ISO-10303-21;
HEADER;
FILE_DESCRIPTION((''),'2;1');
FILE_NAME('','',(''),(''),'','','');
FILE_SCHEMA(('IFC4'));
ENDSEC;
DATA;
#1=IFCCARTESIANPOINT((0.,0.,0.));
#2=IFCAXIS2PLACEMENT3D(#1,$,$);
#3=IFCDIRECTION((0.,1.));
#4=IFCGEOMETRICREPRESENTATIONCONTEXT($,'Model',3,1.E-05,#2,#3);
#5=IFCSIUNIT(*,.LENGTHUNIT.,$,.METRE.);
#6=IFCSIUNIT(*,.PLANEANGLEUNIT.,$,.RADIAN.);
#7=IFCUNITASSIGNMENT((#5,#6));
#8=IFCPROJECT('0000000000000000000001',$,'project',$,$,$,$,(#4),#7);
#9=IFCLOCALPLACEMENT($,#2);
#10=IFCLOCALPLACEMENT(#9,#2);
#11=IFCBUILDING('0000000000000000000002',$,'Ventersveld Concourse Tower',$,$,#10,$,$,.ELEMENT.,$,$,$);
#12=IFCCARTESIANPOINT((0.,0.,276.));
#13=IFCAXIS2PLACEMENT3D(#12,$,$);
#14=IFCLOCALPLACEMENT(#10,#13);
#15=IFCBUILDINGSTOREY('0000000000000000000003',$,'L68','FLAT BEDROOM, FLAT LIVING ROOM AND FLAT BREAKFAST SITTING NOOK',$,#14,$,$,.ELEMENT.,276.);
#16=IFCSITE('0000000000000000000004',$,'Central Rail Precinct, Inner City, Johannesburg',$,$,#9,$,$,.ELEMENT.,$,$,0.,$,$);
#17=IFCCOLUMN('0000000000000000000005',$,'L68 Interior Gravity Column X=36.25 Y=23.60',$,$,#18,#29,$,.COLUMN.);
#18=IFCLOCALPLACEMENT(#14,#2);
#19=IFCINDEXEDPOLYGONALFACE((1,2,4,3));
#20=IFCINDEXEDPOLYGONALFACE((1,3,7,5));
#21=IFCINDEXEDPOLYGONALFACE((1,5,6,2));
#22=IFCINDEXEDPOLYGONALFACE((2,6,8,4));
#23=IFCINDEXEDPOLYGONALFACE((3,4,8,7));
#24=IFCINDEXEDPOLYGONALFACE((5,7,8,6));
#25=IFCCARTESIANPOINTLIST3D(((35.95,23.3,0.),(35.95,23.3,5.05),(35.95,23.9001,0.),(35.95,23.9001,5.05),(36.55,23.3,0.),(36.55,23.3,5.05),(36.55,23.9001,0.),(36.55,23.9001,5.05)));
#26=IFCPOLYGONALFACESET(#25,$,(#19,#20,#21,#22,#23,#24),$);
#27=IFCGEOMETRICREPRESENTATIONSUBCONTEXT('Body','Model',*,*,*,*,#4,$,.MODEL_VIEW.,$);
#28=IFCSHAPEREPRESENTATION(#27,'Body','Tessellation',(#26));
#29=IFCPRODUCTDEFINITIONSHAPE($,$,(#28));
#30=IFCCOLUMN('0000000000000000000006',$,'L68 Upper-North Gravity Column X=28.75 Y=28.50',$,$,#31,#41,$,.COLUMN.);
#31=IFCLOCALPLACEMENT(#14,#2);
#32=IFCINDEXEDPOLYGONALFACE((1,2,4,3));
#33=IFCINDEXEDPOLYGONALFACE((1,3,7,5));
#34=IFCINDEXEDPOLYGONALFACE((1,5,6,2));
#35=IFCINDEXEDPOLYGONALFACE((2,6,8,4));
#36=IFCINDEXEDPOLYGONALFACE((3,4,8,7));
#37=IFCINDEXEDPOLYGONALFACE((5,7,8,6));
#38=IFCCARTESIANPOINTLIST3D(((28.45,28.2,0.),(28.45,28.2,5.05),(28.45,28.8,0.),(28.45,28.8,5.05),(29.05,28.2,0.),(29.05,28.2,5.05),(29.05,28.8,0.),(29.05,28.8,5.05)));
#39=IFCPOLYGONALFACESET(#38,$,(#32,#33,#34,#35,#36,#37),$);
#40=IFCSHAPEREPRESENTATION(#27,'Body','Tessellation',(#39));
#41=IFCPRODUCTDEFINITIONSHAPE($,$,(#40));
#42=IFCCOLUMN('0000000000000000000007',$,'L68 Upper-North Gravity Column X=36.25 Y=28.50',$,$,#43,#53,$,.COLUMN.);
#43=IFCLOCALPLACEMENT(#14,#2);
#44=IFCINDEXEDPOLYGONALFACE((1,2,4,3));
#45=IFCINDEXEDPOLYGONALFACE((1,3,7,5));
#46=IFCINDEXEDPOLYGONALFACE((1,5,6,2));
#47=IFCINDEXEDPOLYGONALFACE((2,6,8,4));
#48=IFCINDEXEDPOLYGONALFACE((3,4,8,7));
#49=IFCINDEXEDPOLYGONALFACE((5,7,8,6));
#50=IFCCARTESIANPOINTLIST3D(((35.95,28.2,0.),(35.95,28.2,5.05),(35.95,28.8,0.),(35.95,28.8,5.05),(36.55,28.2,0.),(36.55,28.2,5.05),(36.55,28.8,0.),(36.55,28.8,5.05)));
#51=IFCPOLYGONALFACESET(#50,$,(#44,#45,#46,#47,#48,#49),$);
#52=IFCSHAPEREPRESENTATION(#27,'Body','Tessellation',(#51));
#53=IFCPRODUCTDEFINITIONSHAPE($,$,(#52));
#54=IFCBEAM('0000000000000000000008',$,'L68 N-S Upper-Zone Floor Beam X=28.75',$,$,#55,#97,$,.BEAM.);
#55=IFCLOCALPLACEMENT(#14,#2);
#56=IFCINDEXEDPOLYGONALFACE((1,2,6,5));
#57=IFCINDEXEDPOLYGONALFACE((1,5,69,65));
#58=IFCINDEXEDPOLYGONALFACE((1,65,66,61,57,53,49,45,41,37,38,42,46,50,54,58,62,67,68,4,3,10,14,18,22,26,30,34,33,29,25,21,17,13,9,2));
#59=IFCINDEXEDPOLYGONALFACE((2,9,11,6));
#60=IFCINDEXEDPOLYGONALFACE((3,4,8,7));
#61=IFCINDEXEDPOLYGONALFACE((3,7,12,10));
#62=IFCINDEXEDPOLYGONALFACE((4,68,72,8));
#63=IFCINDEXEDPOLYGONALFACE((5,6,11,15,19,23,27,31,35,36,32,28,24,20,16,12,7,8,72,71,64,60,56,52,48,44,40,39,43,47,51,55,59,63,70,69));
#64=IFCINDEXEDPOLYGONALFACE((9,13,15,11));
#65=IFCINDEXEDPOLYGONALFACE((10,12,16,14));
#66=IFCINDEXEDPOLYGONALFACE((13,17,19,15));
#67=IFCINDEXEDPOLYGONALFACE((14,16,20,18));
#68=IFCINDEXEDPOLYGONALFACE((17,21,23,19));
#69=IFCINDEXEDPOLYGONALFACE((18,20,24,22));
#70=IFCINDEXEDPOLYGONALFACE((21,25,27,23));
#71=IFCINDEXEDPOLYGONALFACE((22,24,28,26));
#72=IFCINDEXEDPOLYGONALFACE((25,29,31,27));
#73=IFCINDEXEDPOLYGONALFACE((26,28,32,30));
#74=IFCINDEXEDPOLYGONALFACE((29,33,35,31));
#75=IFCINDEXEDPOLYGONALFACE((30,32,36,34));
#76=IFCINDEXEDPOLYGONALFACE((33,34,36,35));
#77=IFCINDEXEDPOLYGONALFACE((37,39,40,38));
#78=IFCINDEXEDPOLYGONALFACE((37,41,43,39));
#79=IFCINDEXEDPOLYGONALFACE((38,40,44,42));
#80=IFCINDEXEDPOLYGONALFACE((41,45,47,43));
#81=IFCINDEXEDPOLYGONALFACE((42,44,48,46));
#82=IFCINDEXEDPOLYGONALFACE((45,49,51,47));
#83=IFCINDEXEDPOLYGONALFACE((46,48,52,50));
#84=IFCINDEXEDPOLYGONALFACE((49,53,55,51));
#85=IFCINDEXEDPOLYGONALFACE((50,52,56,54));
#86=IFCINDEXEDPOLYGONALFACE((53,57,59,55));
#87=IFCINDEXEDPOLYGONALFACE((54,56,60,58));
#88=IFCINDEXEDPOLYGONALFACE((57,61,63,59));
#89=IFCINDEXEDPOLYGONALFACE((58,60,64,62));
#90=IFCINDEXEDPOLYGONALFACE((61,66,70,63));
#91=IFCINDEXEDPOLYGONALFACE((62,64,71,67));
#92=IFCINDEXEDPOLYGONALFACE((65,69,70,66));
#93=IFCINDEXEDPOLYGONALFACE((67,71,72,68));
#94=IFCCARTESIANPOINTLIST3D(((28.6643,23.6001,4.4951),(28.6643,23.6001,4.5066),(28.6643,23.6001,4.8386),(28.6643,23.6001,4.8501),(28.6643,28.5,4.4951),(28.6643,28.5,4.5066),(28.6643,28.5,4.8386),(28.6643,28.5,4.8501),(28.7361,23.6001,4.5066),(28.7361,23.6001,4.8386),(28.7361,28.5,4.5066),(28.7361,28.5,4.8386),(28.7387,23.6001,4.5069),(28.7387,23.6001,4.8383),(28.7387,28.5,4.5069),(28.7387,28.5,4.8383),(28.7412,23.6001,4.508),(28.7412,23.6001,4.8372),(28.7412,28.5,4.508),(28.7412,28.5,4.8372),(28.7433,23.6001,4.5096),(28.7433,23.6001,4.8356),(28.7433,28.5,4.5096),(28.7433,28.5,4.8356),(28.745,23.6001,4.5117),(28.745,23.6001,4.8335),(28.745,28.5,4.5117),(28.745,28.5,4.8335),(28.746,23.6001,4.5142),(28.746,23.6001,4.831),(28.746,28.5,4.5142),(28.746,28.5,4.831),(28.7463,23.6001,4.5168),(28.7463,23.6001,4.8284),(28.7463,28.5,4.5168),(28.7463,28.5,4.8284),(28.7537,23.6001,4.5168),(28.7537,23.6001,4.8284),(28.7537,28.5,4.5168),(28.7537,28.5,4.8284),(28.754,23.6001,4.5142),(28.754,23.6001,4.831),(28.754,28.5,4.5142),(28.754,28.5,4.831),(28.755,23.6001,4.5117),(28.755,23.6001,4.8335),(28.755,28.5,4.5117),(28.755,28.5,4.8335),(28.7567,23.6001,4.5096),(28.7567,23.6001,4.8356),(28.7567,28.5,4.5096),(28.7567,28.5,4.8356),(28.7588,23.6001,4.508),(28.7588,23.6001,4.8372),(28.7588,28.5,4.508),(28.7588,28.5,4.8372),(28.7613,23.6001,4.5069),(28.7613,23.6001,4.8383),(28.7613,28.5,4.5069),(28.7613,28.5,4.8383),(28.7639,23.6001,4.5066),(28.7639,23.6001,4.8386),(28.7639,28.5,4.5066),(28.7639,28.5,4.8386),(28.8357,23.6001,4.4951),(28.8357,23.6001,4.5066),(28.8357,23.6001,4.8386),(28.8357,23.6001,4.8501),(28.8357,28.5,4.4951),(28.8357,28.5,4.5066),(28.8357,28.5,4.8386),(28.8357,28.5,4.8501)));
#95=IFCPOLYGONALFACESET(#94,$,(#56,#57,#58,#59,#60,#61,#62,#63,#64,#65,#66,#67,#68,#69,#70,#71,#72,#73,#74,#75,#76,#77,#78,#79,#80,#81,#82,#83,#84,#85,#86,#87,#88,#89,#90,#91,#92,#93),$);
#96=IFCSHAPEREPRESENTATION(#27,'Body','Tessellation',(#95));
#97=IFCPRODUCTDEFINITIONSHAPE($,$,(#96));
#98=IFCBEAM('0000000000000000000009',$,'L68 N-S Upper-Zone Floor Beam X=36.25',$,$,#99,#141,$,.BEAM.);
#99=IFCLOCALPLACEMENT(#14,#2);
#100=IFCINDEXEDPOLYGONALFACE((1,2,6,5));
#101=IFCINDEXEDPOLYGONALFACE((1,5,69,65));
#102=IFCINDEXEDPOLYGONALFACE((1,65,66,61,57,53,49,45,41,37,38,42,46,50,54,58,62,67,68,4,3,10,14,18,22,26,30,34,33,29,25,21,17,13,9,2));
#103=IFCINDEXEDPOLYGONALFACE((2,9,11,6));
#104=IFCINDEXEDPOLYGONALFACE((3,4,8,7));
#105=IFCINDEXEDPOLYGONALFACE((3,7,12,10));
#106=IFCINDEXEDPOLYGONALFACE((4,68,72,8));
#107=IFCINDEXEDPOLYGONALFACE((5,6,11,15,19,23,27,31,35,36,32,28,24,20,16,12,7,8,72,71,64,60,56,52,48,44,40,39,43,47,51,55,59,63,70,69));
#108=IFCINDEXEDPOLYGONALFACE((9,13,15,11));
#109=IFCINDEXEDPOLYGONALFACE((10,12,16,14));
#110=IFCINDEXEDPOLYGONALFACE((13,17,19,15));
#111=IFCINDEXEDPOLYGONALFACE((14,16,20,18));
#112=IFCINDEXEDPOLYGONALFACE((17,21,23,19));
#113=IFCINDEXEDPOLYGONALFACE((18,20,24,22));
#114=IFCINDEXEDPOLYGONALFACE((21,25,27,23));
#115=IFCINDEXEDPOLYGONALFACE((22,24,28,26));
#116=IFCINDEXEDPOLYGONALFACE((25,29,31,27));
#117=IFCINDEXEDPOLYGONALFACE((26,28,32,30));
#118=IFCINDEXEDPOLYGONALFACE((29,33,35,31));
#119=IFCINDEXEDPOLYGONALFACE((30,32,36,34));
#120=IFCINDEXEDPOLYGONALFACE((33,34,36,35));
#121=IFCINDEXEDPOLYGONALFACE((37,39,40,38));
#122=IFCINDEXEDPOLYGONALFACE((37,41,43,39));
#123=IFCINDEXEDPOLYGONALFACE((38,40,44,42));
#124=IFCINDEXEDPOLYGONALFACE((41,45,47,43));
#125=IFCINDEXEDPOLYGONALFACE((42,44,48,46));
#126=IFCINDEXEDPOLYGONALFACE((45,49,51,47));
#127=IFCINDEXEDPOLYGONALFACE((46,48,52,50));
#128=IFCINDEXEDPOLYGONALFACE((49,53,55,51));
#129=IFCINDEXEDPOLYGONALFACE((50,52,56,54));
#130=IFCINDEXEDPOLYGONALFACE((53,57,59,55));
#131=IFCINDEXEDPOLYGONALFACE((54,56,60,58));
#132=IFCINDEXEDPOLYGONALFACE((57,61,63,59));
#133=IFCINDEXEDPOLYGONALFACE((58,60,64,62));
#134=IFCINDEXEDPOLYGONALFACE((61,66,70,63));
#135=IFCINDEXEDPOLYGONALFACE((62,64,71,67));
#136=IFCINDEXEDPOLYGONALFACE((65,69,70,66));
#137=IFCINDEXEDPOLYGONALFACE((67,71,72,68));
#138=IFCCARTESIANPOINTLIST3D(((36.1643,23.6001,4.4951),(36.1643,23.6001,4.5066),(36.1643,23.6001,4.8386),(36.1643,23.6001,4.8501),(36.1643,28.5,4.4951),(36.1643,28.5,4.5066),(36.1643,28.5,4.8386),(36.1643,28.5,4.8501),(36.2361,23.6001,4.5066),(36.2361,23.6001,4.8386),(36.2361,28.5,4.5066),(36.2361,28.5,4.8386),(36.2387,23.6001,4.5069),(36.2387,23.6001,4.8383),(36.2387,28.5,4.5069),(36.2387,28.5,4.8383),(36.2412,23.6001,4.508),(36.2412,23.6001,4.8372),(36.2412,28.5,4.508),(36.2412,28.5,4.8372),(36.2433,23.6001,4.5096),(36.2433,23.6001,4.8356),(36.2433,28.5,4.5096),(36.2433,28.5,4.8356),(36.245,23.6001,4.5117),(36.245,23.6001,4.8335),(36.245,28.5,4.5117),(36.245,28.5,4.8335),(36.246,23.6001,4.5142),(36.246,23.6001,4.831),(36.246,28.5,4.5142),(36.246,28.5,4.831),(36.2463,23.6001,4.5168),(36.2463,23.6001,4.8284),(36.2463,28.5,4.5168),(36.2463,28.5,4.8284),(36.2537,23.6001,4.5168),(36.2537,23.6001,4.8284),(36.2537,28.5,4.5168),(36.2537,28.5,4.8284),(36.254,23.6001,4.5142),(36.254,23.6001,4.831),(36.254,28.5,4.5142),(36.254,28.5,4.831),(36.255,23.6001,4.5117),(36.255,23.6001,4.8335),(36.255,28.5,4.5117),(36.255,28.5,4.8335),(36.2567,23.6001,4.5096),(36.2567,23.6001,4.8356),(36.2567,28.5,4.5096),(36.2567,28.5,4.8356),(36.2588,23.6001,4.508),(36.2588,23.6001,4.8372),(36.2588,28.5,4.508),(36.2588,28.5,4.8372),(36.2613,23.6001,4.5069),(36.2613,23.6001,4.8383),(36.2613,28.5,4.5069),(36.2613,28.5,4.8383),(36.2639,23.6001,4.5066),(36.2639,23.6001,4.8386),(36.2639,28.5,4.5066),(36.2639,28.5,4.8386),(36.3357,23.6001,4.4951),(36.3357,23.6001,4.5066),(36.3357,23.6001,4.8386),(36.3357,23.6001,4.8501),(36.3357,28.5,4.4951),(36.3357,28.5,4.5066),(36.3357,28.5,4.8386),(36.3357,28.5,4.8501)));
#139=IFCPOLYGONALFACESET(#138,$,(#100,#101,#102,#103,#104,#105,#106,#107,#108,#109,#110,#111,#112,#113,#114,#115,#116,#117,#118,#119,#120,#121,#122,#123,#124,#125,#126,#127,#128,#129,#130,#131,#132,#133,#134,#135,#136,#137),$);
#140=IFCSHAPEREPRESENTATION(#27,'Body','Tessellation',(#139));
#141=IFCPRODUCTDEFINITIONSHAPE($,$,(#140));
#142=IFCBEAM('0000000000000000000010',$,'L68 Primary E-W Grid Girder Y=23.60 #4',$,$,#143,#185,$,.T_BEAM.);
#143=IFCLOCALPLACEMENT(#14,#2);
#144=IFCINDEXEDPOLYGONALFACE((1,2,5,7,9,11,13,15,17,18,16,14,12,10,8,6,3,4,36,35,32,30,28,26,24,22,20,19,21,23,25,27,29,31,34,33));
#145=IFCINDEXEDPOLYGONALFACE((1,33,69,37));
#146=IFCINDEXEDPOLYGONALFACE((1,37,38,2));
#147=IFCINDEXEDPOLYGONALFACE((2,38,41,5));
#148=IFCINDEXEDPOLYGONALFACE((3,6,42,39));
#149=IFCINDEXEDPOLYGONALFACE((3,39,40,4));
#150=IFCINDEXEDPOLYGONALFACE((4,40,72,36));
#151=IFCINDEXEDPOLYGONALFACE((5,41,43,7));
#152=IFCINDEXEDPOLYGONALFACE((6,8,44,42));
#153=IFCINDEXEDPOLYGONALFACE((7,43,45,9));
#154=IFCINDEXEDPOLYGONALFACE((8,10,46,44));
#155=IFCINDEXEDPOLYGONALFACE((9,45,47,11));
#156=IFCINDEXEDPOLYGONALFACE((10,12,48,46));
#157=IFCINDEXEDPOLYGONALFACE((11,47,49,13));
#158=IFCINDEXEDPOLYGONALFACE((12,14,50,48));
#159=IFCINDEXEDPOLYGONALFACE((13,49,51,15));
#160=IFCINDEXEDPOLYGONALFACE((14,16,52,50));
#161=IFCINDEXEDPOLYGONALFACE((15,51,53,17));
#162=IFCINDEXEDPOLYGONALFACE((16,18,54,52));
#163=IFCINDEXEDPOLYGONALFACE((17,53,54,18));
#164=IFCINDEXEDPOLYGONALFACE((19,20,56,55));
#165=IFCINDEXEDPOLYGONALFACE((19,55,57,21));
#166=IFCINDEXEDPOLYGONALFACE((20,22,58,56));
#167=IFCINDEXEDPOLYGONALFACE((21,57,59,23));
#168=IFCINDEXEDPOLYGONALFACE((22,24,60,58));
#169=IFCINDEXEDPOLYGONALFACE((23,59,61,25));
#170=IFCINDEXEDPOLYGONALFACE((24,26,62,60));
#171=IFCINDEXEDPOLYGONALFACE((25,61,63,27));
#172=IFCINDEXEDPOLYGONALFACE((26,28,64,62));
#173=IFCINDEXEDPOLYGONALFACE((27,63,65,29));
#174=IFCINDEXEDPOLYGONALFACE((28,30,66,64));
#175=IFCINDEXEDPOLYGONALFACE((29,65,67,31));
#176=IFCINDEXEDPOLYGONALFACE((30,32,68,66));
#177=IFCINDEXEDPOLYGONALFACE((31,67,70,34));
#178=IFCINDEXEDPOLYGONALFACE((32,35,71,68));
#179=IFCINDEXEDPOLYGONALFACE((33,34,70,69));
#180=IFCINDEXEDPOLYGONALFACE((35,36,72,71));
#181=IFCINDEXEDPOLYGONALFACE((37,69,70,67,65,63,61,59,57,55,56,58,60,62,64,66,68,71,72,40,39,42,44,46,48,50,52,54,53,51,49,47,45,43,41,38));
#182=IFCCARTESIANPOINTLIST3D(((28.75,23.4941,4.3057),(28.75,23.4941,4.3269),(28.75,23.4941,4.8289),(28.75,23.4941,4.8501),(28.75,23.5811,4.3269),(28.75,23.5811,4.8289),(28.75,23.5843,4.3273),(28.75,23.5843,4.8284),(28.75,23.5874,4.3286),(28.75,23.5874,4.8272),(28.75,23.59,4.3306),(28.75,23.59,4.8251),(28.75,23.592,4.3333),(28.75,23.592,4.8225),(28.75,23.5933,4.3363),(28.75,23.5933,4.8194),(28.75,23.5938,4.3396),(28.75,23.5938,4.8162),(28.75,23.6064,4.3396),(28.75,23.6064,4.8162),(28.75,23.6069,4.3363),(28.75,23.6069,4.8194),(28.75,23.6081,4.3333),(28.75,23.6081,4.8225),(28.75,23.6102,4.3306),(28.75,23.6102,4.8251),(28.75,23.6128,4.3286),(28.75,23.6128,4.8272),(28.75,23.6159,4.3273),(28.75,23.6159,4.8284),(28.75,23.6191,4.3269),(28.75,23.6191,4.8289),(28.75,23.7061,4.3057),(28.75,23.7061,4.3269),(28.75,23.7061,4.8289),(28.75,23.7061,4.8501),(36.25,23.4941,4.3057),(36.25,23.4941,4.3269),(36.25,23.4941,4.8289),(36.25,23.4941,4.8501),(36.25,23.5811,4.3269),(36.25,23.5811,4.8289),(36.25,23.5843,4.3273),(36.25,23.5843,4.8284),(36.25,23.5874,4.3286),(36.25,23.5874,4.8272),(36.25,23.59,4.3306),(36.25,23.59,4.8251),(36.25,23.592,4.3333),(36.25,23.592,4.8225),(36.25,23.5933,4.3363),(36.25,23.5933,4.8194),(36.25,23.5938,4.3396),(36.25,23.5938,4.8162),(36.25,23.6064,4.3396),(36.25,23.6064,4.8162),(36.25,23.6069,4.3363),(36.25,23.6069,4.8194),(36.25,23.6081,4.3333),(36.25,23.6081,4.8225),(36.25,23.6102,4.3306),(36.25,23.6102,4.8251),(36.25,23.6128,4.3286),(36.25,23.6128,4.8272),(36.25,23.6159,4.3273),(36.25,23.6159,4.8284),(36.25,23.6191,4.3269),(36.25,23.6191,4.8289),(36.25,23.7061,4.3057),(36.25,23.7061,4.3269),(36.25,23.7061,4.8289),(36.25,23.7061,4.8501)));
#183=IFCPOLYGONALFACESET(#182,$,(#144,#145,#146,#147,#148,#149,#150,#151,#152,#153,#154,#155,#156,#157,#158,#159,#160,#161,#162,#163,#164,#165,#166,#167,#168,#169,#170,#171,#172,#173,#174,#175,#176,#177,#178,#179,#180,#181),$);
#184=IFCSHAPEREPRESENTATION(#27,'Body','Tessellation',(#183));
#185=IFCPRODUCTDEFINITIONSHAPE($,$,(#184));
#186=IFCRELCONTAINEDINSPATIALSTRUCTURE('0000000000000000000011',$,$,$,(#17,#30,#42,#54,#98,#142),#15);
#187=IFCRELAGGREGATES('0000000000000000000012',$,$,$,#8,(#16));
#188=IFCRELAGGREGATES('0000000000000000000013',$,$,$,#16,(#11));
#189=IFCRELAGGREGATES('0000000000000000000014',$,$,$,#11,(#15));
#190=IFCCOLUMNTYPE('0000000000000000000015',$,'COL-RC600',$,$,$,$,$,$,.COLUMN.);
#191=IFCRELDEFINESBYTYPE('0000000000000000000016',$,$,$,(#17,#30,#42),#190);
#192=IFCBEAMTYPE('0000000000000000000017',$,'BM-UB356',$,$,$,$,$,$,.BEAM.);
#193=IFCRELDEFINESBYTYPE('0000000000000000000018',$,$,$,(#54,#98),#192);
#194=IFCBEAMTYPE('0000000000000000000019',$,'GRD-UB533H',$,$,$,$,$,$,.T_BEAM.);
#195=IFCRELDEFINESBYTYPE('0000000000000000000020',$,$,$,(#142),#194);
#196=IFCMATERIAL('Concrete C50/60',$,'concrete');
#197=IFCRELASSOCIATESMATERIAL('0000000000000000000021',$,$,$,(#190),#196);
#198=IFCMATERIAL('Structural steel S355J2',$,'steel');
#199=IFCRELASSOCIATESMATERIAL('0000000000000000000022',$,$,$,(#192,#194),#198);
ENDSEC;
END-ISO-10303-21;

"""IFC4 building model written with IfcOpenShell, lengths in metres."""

from ifc_helpers import new_model, si_unit, direction, frame, origin, origin_2d, place, context, subcontext, project, spatial, rectangle, i_section, extrude, material, material_profile, profile_set, type_object, element, save


model = new_model("IFC4")

# Units and contexts
model_context = context("Model", 3, precision=1e-05, world=origin(), true_north=direction((0.0, 1.0)))
body_context = subcontext(model_context, "Body", "Model", "MODEL_VIEW")
ifc_project = project(units=[si_unit("LENGTHUNIT", "METRE"), si_unit("PLANEANGLEUNIT", "RADIAN")], contexts=[model_context])

# Site, building, storey
site_placement = place(None, origin())
site = spatial("IfcSite", under=ifc_project, at=site_placement, Name="Central Rail Precinct, Inner City, Johannesburg", CompositionType="ELEMENT", RefElevation=0.0)
building_placement = place(site_placement, origin())
building = spatial("IfcBuilding", under=site, at=building_placement, Name="Ventersveld Concourse Tower", CompositionType="ELEMENT")
storey_placement = place(building_placement, frame((0.0, 0.0, 276.0)))
storey = spatial("IfcBuildingStorey", under=building, at=storey_placement, Name="L68", Description="FLAT BEDROOM, FLAT LIVING ROOM AND FLAT BREAKFAST SITTING NOOK", CompositionType="ELEMENT", Elevation=276.0)

# Columns
ifc_material_1 = material(Name="Concrete C50/60", Category="concrete")
ifc_material_profile_1 = material_profile(ifc_material_1, rectangle(XDim=0.6001, YDim=0.6001, at=origin_2d()), Name="RC 600x600")
ifc_profile_set_1 = profile_set([ifc_material_profile_1], Name="Concrete C50/60")
column_type = type_object("IfcColumnType", Name="COL-RC600", PredefinedType="COLUMN", material=ifc_profile_set_1)
for number, where, z_axis, x_axis, name in (
    (1, (36.25, 23.6001, 0.0), (0.0, 0.0, 1.0), (1.0, 0.0, 0.0), "L68 Interior Gravity Column X=36.25 Y=23.60"),
    (2, (28.75, 28.5, 0.0), (0.0, 0.0, 1.0), (1.0, 0.0, 0.0), "L68 Upper-North Gravity Column X=28.75 Y=28.50"),
    (3, (36.25, 28.5, 0.0), (0.0, 0.0, 1.0), (1.0, 0.0, 0.0), "L68 Upper-North Gravity Column X=36.25 Y=28.50"),
):
    element("IfcColumn", number, at=place(storey_placement, frame(where, z_axis=z_axis, x_axis=x_axis)), inside=storey, type_object=column_type, Name=name, PredefinedType="COLUMN", context=body_context, shape_type="SweptSolid", body=[
        extrude(rectangle(XDim=0.6001, YDim=0.6001, at=origin_2d()), origin(), (0.0, 0.0, 1.0), 5.05),
    ])

# Beams
ifc_material_2 = material(Name="Structural steel S355J2", Category="steel")
ifc_material_profile_2 = material_profile(ifc_material_2, i_section(OverallWidth=0.1714, OverallDepth=0.355, WebThickness=0.0073, FlangeThickness=0.0115, FilletRadius=0.0103, at=origin_2d()), Name="UB 356x171x51")
ifc_profile_set_2 = profile_set([ifc_material_profile_2], Name="Structural steel S355J2")
beam_type_1 = type_object("IfcBeamType", Name="BM-UB356", PredefinedType="BEAM", material=ifc_profile_set_2)
for number, where, z_axis, x_axis, name in (
    (4, (28.75, 23.6001, 4.6726), (0.0, 1.0, 0.0), (-1.0, 0.0, 0.0), "L68 N-S Upper-Zone Floor Beam X=28.75"),
    (5, (36.25, 23.6001, 4.6726), (0.0, 1.0, 0.0), (-1.0, 0.0, 0.0), "L68 N-S Upper-Zone Floor Beam X=36.25"),
):
    element("IfcBeam", number, at=place(storey_placement, frame(where, z_axis=z_axis, x_axis=x_axis)), inside=storey, type_object=beam_type_1, Name=name, PredefinedType="BEAM", context=body_context, shape_type="SweptSolid", body=[
        extrude(i_section(OverallWidth=0.1714, OverallDepth=0.355, WebThickness=0.0073, FlangeThickness=0.0115, FilletRadius=0.0103, at=origin_2d()), origin(), (0.0, 0.0, 1.0), 4.8999),
    ])
ifc_material_profile_3 = material_profile(ifc_material_2, i_section(OverallWidth=0.2119, OverallDepth=0.5444, WebThickness=0.0127, FlangeThickness=0.0212, FilletRadius=0.0127, at=origin_2d()), Name="UB 533x210x122")
ifc_profile_set_3 = profile_set([ifc_material_profile_3], Name="Structural steel S355J2")
beam_type_2 = type_object("IfcBeamType", Name="GRD-UB533H", PredefinedType="T_BEAM", material=ifc_profile_set_3)
for number, where, z_axis, x_axis, name in (
    (6, (28.75, 23.6001, 4.5779), (1.0, 0.0, 0.0), (0.0, 1.0, 0.0), "L68 Primary E-W Grid Girder Y=23.60 #4"),
):
    element("IfcBeam", number, at=place(storey_placement, frame(where, z_axis=z_axis, x_axis=x_axis)), inside=storey, type_object=beam_type_2, Name=name, PredefinedType="T_BEAM", context=body_context, shape_type="SweptSolid", body=[
        extrude(i_section(OverallWidth=0.2119, OverallDepth=0.5444, WebThickness=0.0127, FlangeThickness=0.0212, FilletRadius=0.0127, at=origin_2d()), origin(), (0.0, 0.0, 1.0), 7.5),
    ])

save(model, "model.ifc")
